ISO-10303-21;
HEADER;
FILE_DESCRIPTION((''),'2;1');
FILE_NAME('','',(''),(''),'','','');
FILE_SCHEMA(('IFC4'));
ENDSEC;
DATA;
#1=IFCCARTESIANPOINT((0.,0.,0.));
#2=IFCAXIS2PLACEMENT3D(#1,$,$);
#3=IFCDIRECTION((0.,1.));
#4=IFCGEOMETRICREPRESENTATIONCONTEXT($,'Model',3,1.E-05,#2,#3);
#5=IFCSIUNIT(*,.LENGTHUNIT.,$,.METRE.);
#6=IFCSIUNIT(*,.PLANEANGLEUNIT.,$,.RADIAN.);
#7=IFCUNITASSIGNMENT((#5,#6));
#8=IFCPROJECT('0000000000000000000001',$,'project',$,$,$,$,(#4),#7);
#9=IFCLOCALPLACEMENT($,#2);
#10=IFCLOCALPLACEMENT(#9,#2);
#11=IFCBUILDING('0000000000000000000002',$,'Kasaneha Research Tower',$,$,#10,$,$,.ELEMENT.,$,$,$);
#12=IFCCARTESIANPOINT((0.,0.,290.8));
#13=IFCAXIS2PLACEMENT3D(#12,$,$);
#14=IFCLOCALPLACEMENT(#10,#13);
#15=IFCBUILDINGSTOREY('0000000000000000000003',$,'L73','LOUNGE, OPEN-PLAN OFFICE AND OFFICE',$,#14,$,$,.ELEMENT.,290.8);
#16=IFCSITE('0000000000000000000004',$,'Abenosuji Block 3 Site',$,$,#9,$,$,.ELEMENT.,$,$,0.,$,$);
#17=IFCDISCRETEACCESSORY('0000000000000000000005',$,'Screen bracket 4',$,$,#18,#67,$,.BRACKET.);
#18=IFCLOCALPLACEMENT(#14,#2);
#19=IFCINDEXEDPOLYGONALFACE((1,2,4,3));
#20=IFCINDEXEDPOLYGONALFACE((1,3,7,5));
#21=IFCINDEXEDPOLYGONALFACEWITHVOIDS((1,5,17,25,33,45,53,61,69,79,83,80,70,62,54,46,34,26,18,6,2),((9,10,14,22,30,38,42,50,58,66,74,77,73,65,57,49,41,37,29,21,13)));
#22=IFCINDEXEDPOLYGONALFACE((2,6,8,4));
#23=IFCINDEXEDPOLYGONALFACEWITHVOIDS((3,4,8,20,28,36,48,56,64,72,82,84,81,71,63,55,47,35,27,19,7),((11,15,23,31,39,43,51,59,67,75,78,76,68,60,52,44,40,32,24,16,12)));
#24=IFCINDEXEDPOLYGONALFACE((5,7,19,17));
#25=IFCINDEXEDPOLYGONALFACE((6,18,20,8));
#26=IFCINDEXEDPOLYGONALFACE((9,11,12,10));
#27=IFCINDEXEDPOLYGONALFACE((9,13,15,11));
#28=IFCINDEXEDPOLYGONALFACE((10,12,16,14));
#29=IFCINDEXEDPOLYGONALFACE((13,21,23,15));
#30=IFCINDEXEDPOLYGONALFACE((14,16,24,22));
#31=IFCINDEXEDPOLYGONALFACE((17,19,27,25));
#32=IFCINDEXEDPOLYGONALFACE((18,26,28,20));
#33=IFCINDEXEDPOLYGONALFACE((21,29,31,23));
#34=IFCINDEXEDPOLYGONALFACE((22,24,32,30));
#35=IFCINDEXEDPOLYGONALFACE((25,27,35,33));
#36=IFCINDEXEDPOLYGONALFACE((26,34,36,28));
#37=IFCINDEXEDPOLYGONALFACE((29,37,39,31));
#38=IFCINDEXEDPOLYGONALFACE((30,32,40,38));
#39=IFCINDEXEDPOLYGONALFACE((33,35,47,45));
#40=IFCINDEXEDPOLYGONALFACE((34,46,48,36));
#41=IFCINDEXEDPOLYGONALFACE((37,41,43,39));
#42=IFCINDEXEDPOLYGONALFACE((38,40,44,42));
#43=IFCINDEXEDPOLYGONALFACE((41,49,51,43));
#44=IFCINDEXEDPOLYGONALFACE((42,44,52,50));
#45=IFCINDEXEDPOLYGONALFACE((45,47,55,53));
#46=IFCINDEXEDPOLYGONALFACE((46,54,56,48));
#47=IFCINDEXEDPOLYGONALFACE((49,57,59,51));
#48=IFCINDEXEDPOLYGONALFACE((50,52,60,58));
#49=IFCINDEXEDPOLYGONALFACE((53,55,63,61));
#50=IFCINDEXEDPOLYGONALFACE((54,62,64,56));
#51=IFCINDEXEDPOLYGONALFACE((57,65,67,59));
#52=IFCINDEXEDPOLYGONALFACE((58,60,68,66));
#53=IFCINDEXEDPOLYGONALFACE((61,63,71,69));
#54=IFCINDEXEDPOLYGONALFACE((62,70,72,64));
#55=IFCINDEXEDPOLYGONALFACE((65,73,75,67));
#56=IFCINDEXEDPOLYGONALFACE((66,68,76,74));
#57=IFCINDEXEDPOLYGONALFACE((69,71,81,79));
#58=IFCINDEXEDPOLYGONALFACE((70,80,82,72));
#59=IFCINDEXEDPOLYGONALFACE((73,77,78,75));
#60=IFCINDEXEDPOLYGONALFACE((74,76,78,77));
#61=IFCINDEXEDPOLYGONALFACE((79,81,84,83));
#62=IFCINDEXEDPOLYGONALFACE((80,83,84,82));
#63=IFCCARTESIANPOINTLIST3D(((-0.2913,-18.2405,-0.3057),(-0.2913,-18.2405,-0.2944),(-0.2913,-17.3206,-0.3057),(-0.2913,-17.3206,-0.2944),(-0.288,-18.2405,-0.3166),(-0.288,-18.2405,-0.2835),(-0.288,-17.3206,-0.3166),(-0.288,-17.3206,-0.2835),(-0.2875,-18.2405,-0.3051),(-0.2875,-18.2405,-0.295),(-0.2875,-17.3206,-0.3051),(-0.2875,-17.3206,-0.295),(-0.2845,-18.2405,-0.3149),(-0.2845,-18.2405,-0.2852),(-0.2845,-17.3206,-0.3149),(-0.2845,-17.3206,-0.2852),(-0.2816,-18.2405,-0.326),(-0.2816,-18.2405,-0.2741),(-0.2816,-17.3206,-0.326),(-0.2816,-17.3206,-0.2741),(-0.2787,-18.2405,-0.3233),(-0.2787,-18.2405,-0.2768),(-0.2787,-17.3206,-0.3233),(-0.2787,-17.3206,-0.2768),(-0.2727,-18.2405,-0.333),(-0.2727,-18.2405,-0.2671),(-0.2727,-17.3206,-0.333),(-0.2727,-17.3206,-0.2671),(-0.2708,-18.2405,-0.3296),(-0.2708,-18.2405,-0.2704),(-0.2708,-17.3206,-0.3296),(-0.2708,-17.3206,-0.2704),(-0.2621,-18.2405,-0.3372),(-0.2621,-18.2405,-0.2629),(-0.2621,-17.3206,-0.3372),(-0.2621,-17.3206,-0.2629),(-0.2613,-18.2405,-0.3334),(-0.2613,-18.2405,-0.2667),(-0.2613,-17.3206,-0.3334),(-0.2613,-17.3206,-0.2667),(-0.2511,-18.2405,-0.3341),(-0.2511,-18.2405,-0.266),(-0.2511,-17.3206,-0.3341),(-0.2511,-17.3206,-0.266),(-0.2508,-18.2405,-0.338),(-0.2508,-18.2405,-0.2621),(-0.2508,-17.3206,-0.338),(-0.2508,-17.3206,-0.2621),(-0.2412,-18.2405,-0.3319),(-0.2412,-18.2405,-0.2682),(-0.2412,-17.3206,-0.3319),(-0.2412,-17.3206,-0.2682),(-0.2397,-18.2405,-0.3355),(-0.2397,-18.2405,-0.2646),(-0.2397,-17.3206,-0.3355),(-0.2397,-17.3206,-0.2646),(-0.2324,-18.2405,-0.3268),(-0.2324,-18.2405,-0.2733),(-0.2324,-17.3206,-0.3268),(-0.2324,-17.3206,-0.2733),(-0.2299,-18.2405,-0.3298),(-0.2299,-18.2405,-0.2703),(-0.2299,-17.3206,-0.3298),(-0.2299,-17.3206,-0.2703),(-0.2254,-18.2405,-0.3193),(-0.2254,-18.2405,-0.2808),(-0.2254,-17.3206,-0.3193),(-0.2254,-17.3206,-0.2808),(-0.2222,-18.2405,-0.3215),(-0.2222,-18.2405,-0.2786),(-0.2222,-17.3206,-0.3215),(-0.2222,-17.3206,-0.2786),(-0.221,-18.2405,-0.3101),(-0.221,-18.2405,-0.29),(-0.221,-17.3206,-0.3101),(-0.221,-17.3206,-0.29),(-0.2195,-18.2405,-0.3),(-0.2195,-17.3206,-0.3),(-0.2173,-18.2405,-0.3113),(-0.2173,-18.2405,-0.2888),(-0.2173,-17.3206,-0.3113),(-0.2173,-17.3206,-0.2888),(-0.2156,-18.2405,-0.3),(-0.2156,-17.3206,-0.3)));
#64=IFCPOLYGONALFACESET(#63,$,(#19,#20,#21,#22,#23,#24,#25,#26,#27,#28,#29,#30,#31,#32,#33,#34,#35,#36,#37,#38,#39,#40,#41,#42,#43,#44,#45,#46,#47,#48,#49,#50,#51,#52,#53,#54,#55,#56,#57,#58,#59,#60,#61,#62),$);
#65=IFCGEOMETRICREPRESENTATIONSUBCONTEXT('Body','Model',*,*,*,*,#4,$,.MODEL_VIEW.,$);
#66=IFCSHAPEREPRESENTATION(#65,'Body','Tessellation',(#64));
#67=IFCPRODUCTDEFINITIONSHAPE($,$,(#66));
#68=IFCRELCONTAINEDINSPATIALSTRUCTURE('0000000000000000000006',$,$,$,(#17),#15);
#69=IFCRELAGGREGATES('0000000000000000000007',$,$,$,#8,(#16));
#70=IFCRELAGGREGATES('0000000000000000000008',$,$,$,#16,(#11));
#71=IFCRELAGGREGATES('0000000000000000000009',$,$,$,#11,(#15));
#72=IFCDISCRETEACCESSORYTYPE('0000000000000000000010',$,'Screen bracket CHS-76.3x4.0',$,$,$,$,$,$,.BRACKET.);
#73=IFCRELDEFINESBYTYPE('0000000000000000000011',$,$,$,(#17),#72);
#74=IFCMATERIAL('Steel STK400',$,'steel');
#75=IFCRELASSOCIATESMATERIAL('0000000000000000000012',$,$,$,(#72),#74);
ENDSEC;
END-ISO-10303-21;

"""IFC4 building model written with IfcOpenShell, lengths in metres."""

from ifc_helpers import new_model, si_unit, direction, frame, origin, origin_2d, place, context, subcontext, project, spatial, hollow_circle, extrude, material, material_profile, profile_set, type_object, element, save


model = new_model("IFC4")

# Units and contexts
model_context = context("Model", 3, precision=1e-05, world=origin(), true_north=direction((0.0, 1.0)))
body_context = subcontext(model_context, "Body", "Model", "MODEL_VIEW")
ifc_project = project(units=[si_unit("LENGTHUNIT", "METRE"), si_unit("PLANEANGLEUNIT", "RADIAN")], contexts=[model_context])

# Site, building, storey
site_placement = place(None, origin())
site = spatial("IfcSite", under=ifc_project, at=site_placement, Name="Abenosuji Block 3 Site", CompositionType="ELEMENT", RefElevation=0.0)
building_placement = place(site_placement, origin())
building = spatial("IfcBuilding", under=site, at=building_placement, Name="Kasaneha Research Tower", CompositionType="ELEMENT")
storey_placement = place(building_placement, frame((0.0, 0.0, 290.8)))
storey = spatial("IfcBuildingStorey", under=building, at=storey_placement, Name="L73", Description="LOUNGE, OPEN-PLAN OFFICE AND OFFICE", CompositionType="ELEMENT", Elevation=290.8)

# Discrete accessory
ifc_material_1 = material(Name="Steel STK400", Category="steel")
ifc_material_profile_1 = material_profile(ifc_material_1, hollow_circle(Radius=0.0381, WallThickness=0.0039, at=origin_2d()), Name="CHS-76.3x4.0")
ifc_profile_set_1 = profile_set([ifc_material_profile_1], Name="Steel STK400")
discrete_accessory_type = type_object("IfcDiscreteAccessoryType", Name="Screen bracket CHS-76.3x4.0", PredefinedType="BRACKET", material=ifc_profile_set_1)
for number, where, z_axis, x_axis, name in (
    (1, (-0.2537, -17.3206, -0.3), (0.0, -1.0, 0.0), (1.0, 0.0, 0.0), "Screen bracket 4"),
):
    element("IfcDiscreteAccessory", number, at=place(storey_placement, frame(where, z_axis=z_axis, x_axis=x_axis)), inside=storey, type_object=discrete_accessory_type, Name=name, PredefinedType="BRACKET", context=body_context, shape_type="SweptSolid", body=[
        extrude(hollow_circle(Radius=0.0381, WallThickness=0.0039, at=origin_2d()), origin(), (0.0, 0.0, 1.0), 0.9199),
    ])

save(model, "model.ifc")
